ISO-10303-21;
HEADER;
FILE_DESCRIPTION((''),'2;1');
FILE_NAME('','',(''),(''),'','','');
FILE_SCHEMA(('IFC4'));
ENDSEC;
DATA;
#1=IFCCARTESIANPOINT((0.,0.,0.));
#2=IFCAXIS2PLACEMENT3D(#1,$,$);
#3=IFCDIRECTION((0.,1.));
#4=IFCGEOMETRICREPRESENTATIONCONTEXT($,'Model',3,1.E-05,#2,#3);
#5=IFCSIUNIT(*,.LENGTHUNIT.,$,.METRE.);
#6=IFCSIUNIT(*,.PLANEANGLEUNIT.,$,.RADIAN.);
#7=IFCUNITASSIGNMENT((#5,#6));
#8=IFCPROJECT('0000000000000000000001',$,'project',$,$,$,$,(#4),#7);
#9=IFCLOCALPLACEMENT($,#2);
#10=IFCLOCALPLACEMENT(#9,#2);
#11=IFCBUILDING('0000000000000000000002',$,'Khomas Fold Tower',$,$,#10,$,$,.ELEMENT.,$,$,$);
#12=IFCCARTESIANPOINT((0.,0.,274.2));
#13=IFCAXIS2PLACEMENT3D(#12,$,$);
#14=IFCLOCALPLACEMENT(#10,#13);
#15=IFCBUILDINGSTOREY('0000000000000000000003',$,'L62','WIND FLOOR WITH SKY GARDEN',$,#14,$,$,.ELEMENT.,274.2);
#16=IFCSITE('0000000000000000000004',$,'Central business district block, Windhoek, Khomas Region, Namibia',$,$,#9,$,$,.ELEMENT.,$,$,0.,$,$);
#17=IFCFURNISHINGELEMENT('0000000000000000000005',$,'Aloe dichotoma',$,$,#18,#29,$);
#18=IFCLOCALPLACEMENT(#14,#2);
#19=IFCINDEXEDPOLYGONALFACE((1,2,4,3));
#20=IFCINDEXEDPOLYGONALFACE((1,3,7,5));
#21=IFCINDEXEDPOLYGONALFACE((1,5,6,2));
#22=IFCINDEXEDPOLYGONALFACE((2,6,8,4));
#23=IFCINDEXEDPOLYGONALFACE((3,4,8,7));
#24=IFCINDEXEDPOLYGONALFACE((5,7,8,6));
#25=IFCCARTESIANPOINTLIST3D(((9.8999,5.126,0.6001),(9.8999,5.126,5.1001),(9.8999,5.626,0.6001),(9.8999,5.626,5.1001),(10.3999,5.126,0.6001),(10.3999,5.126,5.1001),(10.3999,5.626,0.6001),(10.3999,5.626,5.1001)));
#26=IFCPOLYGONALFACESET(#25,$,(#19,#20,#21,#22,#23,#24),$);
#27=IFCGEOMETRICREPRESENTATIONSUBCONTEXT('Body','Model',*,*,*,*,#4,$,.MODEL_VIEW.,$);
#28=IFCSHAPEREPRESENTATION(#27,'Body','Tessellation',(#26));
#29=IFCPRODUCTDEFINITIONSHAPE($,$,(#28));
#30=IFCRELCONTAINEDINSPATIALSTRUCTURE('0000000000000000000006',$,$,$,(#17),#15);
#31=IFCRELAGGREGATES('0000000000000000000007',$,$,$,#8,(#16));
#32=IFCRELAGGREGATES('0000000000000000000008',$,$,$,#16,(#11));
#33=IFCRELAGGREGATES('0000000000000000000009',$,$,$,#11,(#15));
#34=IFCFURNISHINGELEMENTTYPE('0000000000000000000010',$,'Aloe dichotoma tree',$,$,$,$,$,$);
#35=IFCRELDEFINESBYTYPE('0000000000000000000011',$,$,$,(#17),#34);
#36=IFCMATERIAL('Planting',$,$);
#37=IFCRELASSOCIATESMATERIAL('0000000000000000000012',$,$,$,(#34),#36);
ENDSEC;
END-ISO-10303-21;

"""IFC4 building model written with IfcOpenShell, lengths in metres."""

from ifc_helpers import new_model, si_unit, direction, frame, origin, origin_2d, place, context, subcontext, project, spatial, rectangle, extrude, source, transform, mapped, material, type_object, element, save


model = new_model("IFC4")

# Units and contexts
model_context = context("Model", 3, precision=1e-05, world=origin(), true_north=direction((0.0, 1.0)))
body_context = subcontext(model_context, "Body", "Model", "MODEL_VIEW")
ifc_project = project(units=[si_unit("LENGTHUNIT", "METRE"), si_unit("PLANEANGLEUNIT", "RADIAN")], contexts=[model_context])

# Site, building, storey
site_placement = place(None, origin())
site = spatial("IfcSite", under=ifc_project, at=site_placement, Name="Central business district block, Windhoek, Khomas Region, Namibia", CompositionType="ELEMENT", RefElevation=0.0)
building_placement = place(site_placement, origin())
building = spatial("IfcBuilding", under=site, at=building_placement, Name="Khomas Fold Tower", CompositionType="ELEMENT")
storey_placement = place(building_placement, frame((0.0, 0.0, 274.2)))
storey = spatial("IfcBuildingStorey", under=building, at=storey_placement, Name="L62", Description="WIND FLOOR WITH SKY GARDEN", CompositionType="ELEMENT", Elevation=274.2)

# Furnishing element
ifc_material_1 = material(Name="Planting")
furnishing_element_type_1 = type_object("IfcFurnishingElementType", Name="Aloe dichotoma tree", material=ifc_material_1)
shared_shape_1 = source(origin(), body_context, "Body", "SweptSolid", [
    extrude(rectangle(XDim=0.5, YDim=0.5, at=origin_2d()), origin(), (0.0, 0.0, 1.0), 4.5),
])
furnishing_1_placement = place(storey_placement, frame((10.1499, 5.376, 0.6001), z_axis=(0.0, 0.0, 1.0), x_axis=(1.0, 0.0, 0.0)))
element("IfcFurnishingElement", 1, at=furnishing_1_placement, inside=storey, type_object=furnishing_element_type_1, Name="Aloe dichotoma", context=body_context, shape_type="MappedRepresentation", body=[
    mapped(shared_shape_1, transform((0.0, 0.0, 0.0))),
])

save(model, "model.ifc")
